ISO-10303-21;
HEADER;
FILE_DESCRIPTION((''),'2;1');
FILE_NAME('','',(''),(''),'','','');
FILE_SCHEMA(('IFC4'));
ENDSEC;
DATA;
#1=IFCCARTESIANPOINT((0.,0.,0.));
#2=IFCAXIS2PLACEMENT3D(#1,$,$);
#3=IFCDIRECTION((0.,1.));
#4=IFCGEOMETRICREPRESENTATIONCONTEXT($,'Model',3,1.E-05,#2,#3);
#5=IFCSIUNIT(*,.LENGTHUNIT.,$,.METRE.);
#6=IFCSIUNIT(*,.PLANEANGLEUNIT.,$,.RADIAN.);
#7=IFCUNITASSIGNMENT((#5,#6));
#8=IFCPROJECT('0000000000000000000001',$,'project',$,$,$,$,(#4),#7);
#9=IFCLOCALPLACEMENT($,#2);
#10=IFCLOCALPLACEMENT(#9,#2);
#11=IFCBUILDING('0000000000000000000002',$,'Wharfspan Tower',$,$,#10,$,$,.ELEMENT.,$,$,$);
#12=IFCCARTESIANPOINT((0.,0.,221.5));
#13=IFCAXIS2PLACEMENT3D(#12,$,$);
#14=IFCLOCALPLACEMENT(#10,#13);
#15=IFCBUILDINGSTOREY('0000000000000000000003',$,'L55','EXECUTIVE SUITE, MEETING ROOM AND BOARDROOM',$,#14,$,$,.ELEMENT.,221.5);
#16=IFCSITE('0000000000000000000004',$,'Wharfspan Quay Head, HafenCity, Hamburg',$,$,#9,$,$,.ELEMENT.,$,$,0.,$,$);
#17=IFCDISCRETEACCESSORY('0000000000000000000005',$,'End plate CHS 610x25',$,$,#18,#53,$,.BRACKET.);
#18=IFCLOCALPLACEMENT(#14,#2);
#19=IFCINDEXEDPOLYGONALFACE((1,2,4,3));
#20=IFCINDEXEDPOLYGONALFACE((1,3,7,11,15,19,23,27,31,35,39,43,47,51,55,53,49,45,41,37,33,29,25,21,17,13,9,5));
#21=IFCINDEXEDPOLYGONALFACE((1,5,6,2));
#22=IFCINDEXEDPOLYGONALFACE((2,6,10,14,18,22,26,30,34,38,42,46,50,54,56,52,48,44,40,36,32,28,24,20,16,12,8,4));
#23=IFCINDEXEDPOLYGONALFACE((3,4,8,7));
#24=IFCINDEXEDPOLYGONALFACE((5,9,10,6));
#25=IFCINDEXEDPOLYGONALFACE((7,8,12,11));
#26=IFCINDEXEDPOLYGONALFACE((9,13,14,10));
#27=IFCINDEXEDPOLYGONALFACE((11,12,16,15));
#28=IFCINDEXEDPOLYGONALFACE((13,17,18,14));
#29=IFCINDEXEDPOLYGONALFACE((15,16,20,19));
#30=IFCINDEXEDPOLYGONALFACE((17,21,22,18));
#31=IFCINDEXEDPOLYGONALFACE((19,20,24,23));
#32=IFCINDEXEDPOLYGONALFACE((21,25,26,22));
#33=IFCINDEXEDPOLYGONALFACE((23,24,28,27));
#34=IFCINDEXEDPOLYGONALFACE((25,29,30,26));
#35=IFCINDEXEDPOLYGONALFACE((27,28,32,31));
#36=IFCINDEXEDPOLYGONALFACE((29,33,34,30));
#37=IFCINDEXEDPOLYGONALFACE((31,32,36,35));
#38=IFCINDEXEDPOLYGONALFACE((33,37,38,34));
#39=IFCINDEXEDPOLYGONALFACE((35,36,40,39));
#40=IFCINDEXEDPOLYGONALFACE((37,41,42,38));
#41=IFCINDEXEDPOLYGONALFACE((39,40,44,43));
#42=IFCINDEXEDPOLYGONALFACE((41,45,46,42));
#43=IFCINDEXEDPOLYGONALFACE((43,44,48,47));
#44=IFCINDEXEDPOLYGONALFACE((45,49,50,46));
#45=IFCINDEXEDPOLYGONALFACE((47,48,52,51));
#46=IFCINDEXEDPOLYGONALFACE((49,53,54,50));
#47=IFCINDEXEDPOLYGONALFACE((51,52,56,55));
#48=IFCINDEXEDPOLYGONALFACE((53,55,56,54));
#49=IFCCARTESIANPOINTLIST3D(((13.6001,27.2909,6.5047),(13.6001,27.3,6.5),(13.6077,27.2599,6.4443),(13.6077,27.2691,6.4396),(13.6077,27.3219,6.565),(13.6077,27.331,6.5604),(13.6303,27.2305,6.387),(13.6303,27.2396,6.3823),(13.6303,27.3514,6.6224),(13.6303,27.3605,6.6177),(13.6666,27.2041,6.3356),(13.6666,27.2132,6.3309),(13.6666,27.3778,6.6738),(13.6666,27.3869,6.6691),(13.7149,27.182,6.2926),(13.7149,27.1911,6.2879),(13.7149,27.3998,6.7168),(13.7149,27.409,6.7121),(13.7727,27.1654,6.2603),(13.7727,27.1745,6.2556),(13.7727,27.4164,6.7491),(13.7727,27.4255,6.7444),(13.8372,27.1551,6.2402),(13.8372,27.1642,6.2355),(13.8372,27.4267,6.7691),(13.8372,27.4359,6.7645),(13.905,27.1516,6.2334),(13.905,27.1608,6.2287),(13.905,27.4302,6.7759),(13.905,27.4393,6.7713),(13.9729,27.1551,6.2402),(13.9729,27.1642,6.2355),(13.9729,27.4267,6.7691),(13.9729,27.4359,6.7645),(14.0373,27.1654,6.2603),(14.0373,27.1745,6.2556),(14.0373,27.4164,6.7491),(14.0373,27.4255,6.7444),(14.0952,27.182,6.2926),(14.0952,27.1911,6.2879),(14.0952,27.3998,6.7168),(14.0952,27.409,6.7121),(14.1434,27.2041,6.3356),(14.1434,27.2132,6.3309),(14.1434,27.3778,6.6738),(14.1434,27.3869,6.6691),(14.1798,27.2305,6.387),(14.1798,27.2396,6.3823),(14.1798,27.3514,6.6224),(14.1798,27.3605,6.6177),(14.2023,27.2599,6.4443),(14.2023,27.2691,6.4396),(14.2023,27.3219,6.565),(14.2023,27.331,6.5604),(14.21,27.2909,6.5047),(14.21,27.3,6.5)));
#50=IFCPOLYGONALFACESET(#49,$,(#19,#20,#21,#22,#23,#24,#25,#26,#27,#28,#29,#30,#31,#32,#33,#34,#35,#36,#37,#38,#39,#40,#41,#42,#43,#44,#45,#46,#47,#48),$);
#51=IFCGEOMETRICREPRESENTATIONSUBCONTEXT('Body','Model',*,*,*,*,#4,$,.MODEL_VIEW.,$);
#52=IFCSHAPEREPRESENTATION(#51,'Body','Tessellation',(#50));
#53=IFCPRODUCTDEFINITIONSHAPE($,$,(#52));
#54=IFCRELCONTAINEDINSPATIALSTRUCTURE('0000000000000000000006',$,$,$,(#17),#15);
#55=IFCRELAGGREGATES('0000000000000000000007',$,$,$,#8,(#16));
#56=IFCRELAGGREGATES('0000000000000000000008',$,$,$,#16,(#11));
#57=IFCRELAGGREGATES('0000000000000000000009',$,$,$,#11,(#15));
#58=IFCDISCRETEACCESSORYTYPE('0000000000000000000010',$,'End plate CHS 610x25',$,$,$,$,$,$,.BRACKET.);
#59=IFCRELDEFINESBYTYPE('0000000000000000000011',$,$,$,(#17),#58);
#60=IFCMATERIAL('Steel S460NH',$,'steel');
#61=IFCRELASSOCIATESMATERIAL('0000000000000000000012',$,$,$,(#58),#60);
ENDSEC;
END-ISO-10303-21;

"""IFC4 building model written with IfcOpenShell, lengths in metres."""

from ifc_helpers import new_model, si_unit, direction, frame, origin, origin_2d, place, context, subcontext, project, spatial, circle, extrude, material, material_profile, profile_set, type_object, element, save


model = new_model("IFC4")

# Units and contexts
model_context = context("Model", 3, precision=1e-05, world=origin(), true_north=direction((0.0, 1.0)))
body_context = subcontext(model_context, "Body", "Model", "MODEL_VIEW")
ifc_project = project(units=[si_unit("LENGTHUNIT", "METRE"), si_unit("PLANEANGLEUNIT", "RADIAN")], contexts=[model_context])

# Site, building, storey
site_placement = place(None, origin())
site = spatial("IfcSite", under=ifc_project, at=site_placement, Name="Wharfspan Quay Head, HafenCity, Hamburg", CompositionType="ELEMENT", RefElevation=0.0)
building_placement = place(site_placement, origin())
building = spatial("IfcBuilding", under=site, at=building_placement, Name="Wharfspan Tower", CompositionType="ELEMENT")
storey_placement = place(building_placement, frame((0.0, 0.0, 221.5)))
storey = spatial("IfcBuildingStorey", under=building, at=storey_placement, Name="L55", Description="EXECUTIVE SUITE, MEETING ROOM AND BOARDROOM", CompositionType="ELEMENT", Elevation=221.5)

# Shared definitions
ifc_material_1 = material(Name="Steel S460NH", Category="steel")

# Discrete accessory
ifc_material_profile_1 = material_profile(ifc_material_1, circle(Radius=0.3049, at=origin_2d()))
ifc_profile_set_1 = profile_set([ifc_material_profile_1], Name="Steel S460NH")
discrete_accessory_type = type_object("IfcDiscreteAccessoryType", Name="End plate CHS 610x25", PredefinedType="BRACKET", material=ifc_profile_set_1)
discrete_accessory_1_placement = place(storey_placement, frame((13.905, 27.3, 6.5), z_axis=(0.0, -0.889567, 0.456805), x_axis=(1.0, 0.0, 0.0)))
element("IfcDiscreteAccessory", 1, at=discrete_accessory_1_placement, inside=storey, type_object=discrete_accessory_type, Name="End plate CHS 610x25", PredefinedType="BRACKET", context=body_context, shape_type="SweptSolid", body=[
    extrude(circle(Radius=0.3049, at=origin_2d()), origin(), (0.0, 0.0, 1.0), 0.0103),
])

save(model, "model.ifc")
